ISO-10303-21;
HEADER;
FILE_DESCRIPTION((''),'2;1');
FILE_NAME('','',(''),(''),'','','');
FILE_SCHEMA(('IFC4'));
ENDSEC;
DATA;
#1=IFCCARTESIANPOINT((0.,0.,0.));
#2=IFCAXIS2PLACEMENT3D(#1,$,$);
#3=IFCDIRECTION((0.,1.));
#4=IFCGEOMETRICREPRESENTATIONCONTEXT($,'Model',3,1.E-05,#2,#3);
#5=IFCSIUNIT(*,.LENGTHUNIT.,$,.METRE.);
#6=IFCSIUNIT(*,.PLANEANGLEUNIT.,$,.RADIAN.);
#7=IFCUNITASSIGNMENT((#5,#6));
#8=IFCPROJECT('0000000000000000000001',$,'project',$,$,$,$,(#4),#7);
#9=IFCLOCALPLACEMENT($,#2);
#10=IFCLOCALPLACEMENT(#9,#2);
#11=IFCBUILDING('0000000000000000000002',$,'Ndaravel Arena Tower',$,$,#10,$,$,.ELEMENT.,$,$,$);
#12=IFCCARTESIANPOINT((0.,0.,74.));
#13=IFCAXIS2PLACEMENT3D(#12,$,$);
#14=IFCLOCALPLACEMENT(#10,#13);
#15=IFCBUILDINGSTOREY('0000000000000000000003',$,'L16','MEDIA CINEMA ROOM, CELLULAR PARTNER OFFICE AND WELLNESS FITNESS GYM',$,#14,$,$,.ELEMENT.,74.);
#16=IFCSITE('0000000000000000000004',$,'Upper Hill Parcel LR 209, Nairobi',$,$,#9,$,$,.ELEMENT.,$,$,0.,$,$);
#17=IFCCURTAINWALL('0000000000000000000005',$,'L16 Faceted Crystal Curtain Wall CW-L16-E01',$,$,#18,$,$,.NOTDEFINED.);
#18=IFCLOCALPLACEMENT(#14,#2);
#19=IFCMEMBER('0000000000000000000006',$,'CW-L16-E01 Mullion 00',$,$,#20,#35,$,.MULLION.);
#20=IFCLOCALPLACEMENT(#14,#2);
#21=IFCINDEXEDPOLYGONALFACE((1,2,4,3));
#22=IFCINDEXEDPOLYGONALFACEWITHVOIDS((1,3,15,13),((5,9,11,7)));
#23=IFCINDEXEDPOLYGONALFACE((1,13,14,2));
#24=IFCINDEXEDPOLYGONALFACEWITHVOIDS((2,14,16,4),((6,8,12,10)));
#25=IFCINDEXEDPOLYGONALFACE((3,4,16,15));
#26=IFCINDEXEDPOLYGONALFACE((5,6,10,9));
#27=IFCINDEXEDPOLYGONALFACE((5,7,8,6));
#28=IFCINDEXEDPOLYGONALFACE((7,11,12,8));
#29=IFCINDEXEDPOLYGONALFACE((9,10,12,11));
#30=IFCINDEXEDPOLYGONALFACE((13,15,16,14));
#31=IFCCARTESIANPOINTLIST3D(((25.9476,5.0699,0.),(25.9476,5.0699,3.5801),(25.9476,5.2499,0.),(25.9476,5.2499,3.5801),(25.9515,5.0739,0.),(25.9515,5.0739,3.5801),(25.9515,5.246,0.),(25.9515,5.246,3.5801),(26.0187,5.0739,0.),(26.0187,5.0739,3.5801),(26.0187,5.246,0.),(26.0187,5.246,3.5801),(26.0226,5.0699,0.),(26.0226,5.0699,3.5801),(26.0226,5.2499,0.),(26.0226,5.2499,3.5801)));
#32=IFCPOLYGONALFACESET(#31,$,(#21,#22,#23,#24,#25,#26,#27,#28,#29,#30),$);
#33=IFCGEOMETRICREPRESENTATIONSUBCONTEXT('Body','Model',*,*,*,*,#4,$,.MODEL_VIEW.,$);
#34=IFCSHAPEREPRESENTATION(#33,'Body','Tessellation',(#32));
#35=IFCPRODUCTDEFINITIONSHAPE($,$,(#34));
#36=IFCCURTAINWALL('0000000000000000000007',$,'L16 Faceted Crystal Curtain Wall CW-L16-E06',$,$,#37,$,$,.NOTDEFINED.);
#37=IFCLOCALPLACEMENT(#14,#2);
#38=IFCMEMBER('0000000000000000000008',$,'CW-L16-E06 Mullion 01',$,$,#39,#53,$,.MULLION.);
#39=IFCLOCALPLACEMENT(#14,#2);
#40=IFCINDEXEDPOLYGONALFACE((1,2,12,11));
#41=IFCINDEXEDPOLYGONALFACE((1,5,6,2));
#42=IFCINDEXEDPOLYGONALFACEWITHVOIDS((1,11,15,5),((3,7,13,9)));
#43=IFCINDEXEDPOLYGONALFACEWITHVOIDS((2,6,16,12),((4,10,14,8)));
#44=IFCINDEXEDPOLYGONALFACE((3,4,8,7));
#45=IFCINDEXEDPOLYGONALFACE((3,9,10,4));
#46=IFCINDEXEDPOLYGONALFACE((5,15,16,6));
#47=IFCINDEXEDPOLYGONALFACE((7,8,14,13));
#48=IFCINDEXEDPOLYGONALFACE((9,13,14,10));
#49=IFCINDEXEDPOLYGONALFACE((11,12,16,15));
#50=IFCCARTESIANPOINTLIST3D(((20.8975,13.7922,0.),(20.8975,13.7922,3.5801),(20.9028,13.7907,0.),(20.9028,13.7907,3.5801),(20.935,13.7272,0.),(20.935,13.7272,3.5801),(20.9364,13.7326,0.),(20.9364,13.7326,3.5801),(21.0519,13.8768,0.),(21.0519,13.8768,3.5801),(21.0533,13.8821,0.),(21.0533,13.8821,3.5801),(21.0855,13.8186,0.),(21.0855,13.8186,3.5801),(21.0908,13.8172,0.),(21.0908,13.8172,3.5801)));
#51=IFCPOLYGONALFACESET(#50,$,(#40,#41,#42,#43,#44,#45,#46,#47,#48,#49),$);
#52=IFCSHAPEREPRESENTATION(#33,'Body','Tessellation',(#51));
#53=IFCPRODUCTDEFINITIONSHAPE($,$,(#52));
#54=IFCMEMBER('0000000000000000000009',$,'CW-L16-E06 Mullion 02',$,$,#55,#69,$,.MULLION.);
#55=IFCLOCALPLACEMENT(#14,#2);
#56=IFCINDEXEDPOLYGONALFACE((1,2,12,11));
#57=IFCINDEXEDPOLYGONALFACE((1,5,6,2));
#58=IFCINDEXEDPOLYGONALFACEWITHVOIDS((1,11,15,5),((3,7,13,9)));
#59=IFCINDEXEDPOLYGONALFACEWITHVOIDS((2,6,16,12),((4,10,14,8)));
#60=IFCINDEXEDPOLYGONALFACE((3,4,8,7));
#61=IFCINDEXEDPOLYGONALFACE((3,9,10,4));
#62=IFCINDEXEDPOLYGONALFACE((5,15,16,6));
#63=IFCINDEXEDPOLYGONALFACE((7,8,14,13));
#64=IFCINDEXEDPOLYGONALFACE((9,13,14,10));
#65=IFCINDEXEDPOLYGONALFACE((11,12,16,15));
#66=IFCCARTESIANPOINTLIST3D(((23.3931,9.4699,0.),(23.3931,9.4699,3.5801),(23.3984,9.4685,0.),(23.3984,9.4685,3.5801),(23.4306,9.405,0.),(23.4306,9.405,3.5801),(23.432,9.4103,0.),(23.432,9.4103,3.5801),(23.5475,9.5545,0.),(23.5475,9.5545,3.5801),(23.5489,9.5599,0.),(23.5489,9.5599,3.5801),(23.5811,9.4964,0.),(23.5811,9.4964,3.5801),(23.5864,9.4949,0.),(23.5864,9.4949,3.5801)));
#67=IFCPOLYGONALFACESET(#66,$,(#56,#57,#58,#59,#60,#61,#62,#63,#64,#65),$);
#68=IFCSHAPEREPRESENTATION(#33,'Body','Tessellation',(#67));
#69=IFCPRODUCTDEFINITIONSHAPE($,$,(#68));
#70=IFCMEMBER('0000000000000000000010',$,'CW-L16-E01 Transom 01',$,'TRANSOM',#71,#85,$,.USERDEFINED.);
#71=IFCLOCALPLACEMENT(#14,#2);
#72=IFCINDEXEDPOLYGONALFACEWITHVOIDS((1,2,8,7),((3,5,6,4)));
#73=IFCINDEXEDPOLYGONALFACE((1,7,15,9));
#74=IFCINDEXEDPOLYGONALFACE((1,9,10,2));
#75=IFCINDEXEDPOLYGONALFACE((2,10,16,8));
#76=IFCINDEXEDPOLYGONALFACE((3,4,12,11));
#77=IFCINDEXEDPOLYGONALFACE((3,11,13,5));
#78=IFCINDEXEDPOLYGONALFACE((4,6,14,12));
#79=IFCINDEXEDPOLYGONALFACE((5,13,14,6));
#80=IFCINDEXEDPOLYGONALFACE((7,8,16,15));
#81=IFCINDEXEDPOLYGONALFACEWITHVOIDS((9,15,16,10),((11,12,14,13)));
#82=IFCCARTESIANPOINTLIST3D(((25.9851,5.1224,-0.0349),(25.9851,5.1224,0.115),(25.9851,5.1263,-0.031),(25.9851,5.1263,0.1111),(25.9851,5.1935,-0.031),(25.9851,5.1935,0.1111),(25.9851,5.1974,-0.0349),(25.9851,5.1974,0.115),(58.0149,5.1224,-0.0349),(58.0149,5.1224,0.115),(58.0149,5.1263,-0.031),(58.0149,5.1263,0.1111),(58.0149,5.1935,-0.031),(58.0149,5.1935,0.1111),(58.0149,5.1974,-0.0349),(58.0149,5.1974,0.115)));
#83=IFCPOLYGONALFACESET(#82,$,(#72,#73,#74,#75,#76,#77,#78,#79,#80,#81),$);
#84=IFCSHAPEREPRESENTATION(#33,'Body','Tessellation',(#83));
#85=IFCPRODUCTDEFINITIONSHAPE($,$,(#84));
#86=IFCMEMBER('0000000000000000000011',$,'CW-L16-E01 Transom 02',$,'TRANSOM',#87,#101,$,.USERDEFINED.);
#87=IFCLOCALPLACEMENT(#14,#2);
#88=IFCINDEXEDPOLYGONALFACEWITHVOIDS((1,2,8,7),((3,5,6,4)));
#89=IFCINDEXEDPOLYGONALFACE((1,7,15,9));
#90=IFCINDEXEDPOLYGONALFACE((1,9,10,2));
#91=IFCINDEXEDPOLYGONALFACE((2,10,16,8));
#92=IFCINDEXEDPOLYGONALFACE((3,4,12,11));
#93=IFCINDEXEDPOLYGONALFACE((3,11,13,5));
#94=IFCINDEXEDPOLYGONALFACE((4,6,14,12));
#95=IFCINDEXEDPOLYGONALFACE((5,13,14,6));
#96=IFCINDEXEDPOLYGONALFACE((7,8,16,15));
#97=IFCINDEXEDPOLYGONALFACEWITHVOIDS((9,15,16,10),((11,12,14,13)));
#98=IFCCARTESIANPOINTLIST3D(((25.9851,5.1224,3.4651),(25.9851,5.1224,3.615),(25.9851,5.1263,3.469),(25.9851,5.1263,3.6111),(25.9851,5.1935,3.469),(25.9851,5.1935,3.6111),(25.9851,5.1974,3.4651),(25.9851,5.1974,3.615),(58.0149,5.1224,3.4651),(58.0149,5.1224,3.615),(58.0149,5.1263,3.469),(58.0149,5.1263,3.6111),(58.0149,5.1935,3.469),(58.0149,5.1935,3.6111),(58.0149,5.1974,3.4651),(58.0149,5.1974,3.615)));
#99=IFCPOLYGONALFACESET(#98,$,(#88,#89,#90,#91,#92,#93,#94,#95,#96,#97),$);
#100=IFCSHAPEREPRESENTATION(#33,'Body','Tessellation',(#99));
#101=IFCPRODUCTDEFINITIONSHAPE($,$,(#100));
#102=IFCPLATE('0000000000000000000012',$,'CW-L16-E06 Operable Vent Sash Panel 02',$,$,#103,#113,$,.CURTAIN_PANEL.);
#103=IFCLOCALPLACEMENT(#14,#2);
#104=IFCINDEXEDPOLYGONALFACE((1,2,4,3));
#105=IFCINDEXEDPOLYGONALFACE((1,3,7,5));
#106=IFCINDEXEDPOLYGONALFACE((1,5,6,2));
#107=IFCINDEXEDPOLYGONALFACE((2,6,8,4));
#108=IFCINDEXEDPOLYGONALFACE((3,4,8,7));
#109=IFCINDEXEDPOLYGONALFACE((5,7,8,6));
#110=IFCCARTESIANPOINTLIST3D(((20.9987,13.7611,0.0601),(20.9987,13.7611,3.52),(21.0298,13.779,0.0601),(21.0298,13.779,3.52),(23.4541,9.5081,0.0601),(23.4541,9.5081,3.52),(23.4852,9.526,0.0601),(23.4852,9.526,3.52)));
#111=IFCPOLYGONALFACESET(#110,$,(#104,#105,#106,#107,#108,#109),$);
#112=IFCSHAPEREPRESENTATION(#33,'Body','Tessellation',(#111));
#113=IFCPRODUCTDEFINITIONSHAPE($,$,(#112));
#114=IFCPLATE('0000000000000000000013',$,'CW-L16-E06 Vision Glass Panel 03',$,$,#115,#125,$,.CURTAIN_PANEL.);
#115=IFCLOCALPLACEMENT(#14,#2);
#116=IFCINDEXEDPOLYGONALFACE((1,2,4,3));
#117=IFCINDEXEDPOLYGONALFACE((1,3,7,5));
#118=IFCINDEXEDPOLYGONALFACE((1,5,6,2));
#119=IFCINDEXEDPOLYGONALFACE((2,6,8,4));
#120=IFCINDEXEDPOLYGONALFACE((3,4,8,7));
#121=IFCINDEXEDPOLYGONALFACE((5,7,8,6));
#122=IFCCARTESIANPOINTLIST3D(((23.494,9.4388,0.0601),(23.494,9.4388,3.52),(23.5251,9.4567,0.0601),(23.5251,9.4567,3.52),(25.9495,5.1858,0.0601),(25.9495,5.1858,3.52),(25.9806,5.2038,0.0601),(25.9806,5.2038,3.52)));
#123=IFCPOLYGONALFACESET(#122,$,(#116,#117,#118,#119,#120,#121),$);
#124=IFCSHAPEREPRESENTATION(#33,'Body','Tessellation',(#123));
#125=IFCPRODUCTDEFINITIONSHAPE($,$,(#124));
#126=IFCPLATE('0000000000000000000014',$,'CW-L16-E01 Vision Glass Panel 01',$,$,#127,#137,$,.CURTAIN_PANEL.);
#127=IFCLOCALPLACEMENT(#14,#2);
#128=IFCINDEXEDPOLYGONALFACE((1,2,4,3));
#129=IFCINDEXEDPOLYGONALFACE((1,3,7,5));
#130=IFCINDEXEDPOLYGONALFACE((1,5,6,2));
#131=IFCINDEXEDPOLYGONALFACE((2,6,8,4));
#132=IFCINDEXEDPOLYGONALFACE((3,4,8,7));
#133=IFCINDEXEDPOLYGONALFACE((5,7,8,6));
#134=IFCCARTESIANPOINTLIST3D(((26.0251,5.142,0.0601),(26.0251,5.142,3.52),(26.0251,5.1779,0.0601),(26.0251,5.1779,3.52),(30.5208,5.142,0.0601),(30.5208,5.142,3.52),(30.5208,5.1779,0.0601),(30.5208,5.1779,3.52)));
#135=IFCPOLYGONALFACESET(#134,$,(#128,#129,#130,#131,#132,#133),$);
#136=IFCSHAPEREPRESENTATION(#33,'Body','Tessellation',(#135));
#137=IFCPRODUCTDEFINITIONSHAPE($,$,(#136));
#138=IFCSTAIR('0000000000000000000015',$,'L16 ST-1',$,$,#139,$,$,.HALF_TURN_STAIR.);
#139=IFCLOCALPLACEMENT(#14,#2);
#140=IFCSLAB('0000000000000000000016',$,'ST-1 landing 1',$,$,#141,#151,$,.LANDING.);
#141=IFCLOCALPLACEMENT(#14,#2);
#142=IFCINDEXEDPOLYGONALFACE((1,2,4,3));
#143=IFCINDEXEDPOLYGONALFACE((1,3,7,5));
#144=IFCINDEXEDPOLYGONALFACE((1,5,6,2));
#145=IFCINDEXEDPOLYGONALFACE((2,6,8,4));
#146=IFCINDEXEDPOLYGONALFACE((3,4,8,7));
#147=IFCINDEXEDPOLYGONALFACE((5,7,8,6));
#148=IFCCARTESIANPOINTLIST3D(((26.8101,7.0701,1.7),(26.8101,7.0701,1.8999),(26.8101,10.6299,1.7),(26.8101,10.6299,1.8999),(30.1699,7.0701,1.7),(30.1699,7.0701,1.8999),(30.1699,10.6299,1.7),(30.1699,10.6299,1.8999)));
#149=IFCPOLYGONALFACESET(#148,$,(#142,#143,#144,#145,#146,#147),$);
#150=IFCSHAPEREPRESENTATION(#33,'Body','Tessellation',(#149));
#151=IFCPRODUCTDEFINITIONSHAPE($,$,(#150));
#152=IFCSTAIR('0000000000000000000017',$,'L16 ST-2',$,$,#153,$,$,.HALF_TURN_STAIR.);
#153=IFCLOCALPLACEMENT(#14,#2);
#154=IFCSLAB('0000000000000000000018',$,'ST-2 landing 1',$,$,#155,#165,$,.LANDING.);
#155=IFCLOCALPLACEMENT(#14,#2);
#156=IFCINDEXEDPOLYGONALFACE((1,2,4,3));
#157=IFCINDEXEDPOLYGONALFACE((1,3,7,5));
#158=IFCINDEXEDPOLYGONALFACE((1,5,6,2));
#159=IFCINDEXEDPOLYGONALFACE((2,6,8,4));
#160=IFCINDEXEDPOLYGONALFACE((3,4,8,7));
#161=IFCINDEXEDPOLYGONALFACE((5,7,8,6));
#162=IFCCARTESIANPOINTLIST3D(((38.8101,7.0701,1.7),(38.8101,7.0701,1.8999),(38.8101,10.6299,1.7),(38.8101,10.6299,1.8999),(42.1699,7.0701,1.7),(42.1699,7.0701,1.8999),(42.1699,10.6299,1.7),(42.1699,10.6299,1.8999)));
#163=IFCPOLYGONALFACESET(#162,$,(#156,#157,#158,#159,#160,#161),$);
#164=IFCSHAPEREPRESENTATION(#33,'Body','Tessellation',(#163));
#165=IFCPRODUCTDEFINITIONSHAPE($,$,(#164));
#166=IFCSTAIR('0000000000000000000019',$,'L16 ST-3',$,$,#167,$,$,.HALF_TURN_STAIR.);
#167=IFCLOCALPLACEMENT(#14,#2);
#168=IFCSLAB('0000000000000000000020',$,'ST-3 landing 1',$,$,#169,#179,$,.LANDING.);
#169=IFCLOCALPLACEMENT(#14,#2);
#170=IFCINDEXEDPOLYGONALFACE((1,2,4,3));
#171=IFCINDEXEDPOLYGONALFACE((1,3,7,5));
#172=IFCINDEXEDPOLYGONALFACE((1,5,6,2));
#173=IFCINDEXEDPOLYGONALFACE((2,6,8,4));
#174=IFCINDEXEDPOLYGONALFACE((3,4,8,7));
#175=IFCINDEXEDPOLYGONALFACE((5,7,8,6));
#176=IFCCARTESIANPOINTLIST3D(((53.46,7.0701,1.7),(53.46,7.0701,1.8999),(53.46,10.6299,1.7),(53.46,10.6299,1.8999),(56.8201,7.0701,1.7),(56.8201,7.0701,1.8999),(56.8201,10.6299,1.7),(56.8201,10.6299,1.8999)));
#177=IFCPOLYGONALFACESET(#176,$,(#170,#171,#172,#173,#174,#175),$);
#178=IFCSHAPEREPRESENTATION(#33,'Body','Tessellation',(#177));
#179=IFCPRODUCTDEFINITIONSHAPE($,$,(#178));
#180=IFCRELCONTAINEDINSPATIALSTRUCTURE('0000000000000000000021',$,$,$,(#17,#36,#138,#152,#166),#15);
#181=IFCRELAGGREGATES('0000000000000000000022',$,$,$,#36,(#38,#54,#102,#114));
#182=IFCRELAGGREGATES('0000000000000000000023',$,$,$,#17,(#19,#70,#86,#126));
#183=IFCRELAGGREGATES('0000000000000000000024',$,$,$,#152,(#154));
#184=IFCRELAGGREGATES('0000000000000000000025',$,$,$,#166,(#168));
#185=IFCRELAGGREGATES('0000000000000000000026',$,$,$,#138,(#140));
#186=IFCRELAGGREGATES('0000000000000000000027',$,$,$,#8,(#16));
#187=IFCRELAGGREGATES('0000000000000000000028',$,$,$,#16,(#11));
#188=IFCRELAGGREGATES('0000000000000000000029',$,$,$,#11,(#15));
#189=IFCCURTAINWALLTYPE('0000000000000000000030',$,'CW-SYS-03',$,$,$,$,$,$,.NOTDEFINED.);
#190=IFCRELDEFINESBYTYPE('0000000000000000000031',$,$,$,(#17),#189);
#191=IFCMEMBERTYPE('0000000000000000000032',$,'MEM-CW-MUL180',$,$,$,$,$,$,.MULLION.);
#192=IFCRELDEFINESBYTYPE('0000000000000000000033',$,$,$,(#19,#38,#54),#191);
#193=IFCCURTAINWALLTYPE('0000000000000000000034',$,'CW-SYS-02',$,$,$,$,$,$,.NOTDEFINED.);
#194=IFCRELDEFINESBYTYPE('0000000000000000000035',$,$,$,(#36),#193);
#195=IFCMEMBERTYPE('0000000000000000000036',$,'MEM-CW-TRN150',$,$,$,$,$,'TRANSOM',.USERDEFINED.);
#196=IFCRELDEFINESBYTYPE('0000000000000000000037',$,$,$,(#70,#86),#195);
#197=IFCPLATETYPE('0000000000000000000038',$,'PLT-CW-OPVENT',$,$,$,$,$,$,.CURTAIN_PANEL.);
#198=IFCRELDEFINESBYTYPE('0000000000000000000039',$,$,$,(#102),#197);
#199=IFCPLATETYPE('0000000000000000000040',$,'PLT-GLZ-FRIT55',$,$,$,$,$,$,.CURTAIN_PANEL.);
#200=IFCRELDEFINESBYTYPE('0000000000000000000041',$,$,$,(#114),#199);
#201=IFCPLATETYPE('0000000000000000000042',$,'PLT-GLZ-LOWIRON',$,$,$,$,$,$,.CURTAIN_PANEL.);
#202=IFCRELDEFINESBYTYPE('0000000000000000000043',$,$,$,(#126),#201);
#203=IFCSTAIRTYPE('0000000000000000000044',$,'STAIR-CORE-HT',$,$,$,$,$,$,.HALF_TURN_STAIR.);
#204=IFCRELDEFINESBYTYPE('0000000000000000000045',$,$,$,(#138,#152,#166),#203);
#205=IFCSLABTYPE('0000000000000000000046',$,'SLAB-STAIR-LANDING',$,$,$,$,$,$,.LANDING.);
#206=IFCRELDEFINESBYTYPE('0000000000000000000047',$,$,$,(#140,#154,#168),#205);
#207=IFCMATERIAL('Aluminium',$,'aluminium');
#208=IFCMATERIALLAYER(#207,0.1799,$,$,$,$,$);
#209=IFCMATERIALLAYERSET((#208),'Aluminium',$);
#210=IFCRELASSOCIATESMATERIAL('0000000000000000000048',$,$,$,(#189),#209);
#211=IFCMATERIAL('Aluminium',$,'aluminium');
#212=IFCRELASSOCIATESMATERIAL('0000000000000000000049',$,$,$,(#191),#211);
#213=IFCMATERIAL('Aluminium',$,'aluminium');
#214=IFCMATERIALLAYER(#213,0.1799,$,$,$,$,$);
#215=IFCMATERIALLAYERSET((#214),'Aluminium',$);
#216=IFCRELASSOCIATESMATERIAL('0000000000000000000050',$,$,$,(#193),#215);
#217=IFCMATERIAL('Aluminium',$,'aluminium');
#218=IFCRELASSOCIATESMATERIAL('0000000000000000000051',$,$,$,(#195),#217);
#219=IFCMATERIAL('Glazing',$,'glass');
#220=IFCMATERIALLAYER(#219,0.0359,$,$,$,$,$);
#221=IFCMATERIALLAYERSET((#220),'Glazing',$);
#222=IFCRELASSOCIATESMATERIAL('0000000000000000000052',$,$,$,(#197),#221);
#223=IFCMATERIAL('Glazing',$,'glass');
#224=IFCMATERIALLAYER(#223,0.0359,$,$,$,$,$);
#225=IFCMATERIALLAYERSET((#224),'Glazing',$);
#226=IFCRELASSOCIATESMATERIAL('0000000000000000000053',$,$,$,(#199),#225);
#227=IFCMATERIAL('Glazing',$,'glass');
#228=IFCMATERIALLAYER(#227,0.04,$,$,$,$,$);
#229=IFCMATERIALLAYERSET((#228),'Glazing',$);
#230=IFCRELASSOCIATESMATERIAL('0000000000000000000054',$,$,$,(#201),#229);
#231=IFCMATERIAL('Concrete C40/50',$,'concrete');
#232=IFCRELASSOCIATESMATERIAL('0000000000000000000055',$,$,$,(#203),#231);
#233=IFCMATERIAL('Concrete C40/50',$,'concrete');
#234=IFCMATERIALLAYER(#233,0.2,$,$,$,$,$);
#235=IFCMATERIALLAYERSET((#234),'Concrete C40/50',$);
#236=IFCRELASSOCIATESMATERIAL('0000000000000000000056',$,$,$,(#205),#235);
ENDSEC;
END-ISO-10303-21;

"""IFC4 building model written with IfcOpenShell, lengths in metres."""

from ifc_helpers import new_model, si_unit, direction, frame, origin, origin_2d, place, context, subcontext, project, spatial, polyline, rectangle, hollow_rectangle, outline, extrude, material, layer, layer_set, material_profile, profile_set, type_object, element, aggregate, save


model = new_model("IFC4")

# Units and contexts
model_context = context("Model", 3, precision=1e-05, world=origin(), true_north=direction((0.0, 1.0)))
body_context = subcontext(model_context, "Body", "Model", "MODEL_VIEW")
ifc_project = project(units=[si_unit("LENGTHUNIT", "METRE"), si_unit("PLANEANGLEUNIT", "RADIAN")], contexts=[model_context])

# Site, building, storey
site_placement = place(None, origin())
site = spatial("IfcSite", under=ifc_project, at=site_placement, Name="Upper Hill Parcel LR 209, Nairobi", CompositionType="ELEMENT", RefElevation=0.0)
building_placement = place(site_placement, origin())
building = spatial("IfcBuilding", under=site, at=building_placement, Name="Ndaravel Arena Tower", CompositionType="ELEMENT")
storey_placement = place(building_placement, frame((0.0, 0.0, 74.0)))
storey = spatial("IfcBuildingStorey", under=building, at=storey_placement, Name="L16", Description="MEDIA CINEMA ROOM, CELLULAR PARTNER OFFICE AND WELLNESS FITNESS GYM", CompositionType="ELEMENT", Elevation=74.0)

# Curtain wall, member
ifc_material_1 = material(Name="Aluminium", Category="aluminium")
ifc_layer_1 = layer(ifc_material_1, 0.1799)
ifc_layer_set_1 = layer_set([ifc_layer_1], Name="Aluminium")
curtain_wall_type_1 = type_object("IfcCurtainWallType", Name="CW-SYS-03", PredefinedType="NOTDEFINED", material=ifc_layer_set_1)
curtain_wall_1_placement = place(storey_placement, origin())
curtain_wall_1 = element("IfcCurtainWall", 1, at=curtain_wall_1_placement, inside=storey, type_object=curtain_wall_type_1, Name="L16 Faceted Crystal Curtain Wall CW-L16-E01", PredefinedType="NOTDEFINED")
ifc_material_2 = material(Name="Aluminium", Category="aluminium")
ifc_material_profile_1 = material_profile(ifc_material_2, hollow_rectangle(XDim=0.075, YDim=0.1799, WallThickness=0.0039, at=origin_2d()), Name="CW MULLION 75x180x4")
ifc_profile_set_1 = profile_set([ifc_material_profile_1], Name="Aluminium")
member_type_1 = type_object("IfcMemberType", Name="MEM-CW-MUL180", PredefinedType="MULLION", material=ifc_profile_set_1)
member_1_placement = place(storey_placement, frame((25.9851, 5.1599, 0.0), z_axis=(0.0, 0.0, 1.0), x_axis=(1.0, 0.0, 0.0)))
member_1 = element("IfcMember", 2, at=member_1_placement, type_object=member_type_1, Name="CW-L16-E01 Mullion 00", PredefinedType="MULLION", context=body_context, shape_type="SweptSolid", body=[
    extrude(hollow_rectangle(XDim=0.075, YDim=0.1799, WallThickness=0.0039, at=origin_2d()), origin(), (0.0, 0.0, 1.0), 3.5801),
])

# Curtain wall, members
ifc_material_3 = material(Name="Aluminium", Category="aluminium")
ifc_layer_2 = layer(ifc_material_3, 0.1799)
ifc_layer_set_2 = layer_set([ifc_layer_2], Name="Aluminium")
curtain_wall_type_2 = type_object("IfcCurtainWallType", Name="CW-SYS-02", PredefinedType="NOTDEFINED", material=ifc_layer_set_2)
curtain_wall_2_placement = place(storey_placement, origin())
curtain_wall_2 = element("IfcCurtainWall", 3, at=curtain_wall_2_placement, inside=storey, type_object=curtain_wall_type_2, Name="L16 Faceted Crystal Curtain Wall CW-L16-E06", PredefinedType="NOTDEFINED")
member_2_placement = place(storey_placement, frame((20.9941, 13.8047, 0.0), z_axis=(0.0, 0.0, 1.0), x_axis=(0.5, -0.866025, 0.0)))
member_2 = element("IfcMember", 4, at=member_2_placement, type_object=member_type_1, Name="CW-L16-E06 Mullion 01", PredefinedType="MULLION", context=body_context, shape_type="SweptSolid", body=[
    extrude(hollow_rectangle(XDim=0.075, YDim=0.1799, WallThickness=0.0039, at=origin_2d()), origin(), (0.0, 0.0, 1.0), 3.5801),
])
member_3_placement = place(storey_placement, frame((23.4897, 9.4824, 0.0), z_axis=(0.0, 0.0, 1.0), x_axis=(0.5, -0.866025, 0.0)))
member_3 = element("IfcMember", 5, at=member_3_placement, type_object=member_type_1, Name="CW-L16-E06 Mullion 02", PredefinedType="MULLION", context=body_context, shape_type="SweptSolid", body=[
    extrude(hollow_rectangle(XDim=0.075, YDim=0.1799, WallThickness=0.0039, at=origin_2d()), origin(), (0.0, 0.0, 1.0), 3.5801),
])

# Members
ifc_material_4 = material(Name="Aluminium", Category="aluminium")
ifc_material_profile_2 = material_profile(ifc_material_4, hollow_rectangle(XDim=0.075, YDim=0.1499, WallThickness=0.0039, at=origin_2d()), Name="CW TRANSOM 75x150x4")
ifc_profile_set_2 = profile_set([ifc_material_profile_2], Name="Aluminium")
member_type_2 = type_object("IfcMemberType", Name="MEM-CW-TRN150", ElementType="TRANSOM", PredefinedType="USERDEFINED", material=ifc_profile_set_2)
member_4_placement = place(storey_placement, frame((25.9851, 5.1599, 0.04), z_axis=(1.0, 0.0, 0.0), x_axis=(0.0, 1.0, 0.0)))
member_4 = element("IfcMember", 6, at=member_4_placement, type_object=member_type_2, Name="CW-L16-E01 Transom 01", ObjectType="TRANSOM", PredefinedType="USERDEFINED", context=body_context, shape_type="SweptSolid", body=[
    extrude(hollow_rectangle(XDim=0.075, YDim=0.1499, WallThickness=0.0039, at=origin_2d()), origin(), (0.0, 0.0, 1.0), 32.0298),
])
member_5_placement = place(storey_placement, frame((25.9851, 5.1599, 3.54), z_axis=(1.0, 0.0, 0.0), x_axis=(0.0, 1.0, 0.0)))
member_5 = element("IfcMember", 7, at=member_5_placement, type_object=member_type_2, Name="CW-L16-E01 Transom 02", ObjectType="TRANSOM", PredefinedType="USERDEFINED", context=body_context, shape_type="SweptSolid", body=[
    extrude(hollow_rectangle(XDim=0.075, YDim=0.1499, WallThickness=0.0039, at=origin_2d()), origin(), (0.0, 0.0, 1.0), 32.0298),
])

# Plates
ifc_material_5 = material(Name="Glazing", Category="glass")
ifc_layer_3 = layer(ifc_material_5, 0.0359)
ifc_layer_set_3 = layer_set([ifc_layer_3], Name="Glazing")
plate_type_1 = type_object("IfcPlateType", Name="PLT-CW-OPVENT", PredefinedType="CURTAIN_PANEL", material=ifc_layer_set_3)
plate_1_placement = place(storey_placement, frame((22.2419, 11.6436, 0.0601), z_axis=(0.0, 0.0, 1.0), x_axis=(0.5, -0.866025, 0.0)))
plate_1 = element("IfcPlate", 8, at=plate_1_placement, type_object=plate_type_1, Name="CW-L16-E06 Operable Vent Sash Panel 02", PredefinedType="CURTAIN_PANEL", context=body_context, shape_type="SweptSolid", body=[
    extrude(rectangle(XDim=4.9109, YDim=0.0359, at=origin_2d()), origin(), (0.0, 0.0, 1.0), 3.46),
])
ifc_material_6 = material(Name="Glazing", Category="glass")
ifc_layer_4 = layer(ifc_material_6, 0.0359)
ifc_layer_set_4 = layer_set([ifc_layer_4], Name="Glazing")
plate_type_2 = type_object("IfcPlateType", Name="PLT-GLZ-FRIT55", PredefinedType="CURTAIN_PANEL", material=ifc_layer_set_4)
plate_2_placement = place(storey_placement, frame((24.7373, 7.3213, 0.0601), z_axis=(0.0, 0.0, 1.0), x_axis=(0.5, -0.866025, 0.0)))
plate_2 = element("IfcPlate", 9, at=plate_2_placement, type_object=plate_type_2, Name="CW-L16-E06 Vision Glass Panel 03", PredefinedType="CURTAIN_PANEL", context=body_context, shape_type="SweptSolid", body=[
    extrude(rectangle(XDim=4.9109, YDim=0.0359, at=origin_2d()), origin(), (0.0, 0.0, 1.0), 3.46),
])
aggregate(curtain_wall_2, [member_2, member_3, plate_1, plate_2])
ifc_material_7 = material(Name="Glazing", Category="glass")
ifc_layer_5 = layer(ifc_material_7, 0.04)
ifc_layer_set_5 = layer_set([ifc_layer_5], Name="Glazing")
plate_type_3 = type_object("IfcPlateType", Name="PLT-GLZ-LOWIRON", PredefinedType="CURTAIN_PANEL", material=ifc_layer_set_5)
plate_3_placement = place(storey_placement, frame((28.2729, 5.1599, 0.0601), z_axis=(0.0, 0.0, 1.0), x_axis=(1.0, 0.0, 0.0)))
plate_3 = element("IfcPlate", 10, at=plate_3_placement, type_object=plate_type_3, Name="CW-L16-E01 Vision Glass Panel 01", PredefinedType="CURTAIN_PANEL", context=body_context, shape_type="SweptSolid", body=[
    extrude(rectangle(XDim=4.4956, YDim=0.0359, at=origin_2d()), origin(), (0.0, 0.0, 1.0), 3.46),
])
aggregate(curtain_wall_1, [member_1, member_4, member_5, plate_3])

# Stairs, slabs
ifc_material_8 = material(Name="Concrete C40/50", Category="concrete")
stair_type = type_object("IfcStairType", Name="STAIR-CORE-HT", PredefinedType="HALF_TURN_STAIR", material=ifc_material_8)
stair_1_placement = place(storey_placement, origin())
stair_1 = element("IfcStair", 11, at=stair_1_placement, inside=storey, type_object=stair_type, Name="L16 ST-1", PredefinedType="HALF_TURN_STAIR")
ifc_material_9 = material(Name="Concrete C40/50", Category="concrete")
ifc_layer_6 = layer(ifc_material_9, 0.2)
ifc_layer_set_6 = layer_set([ifc_layer_6], Name="Concrete C40/50")
slab_type_1 = type_object("IfcSlabType", Name="SLAB-STAIR-LANDING", PredefinedType="LANDING", material=ifc_layer_set_6)
slab_1_placement = place(storey_placement, frame((0.0, 0.0, 1.7)))
slab_1 = element("IfcSlab", 12, at=slab_1_placement, type_object=slab_type_1, Name="ST-1 landing 1", PredefinedType="LANDING", context=body_context, shape_type="SweptSolid", body=[
    extrude(outline(polyline([(26.8101, 10.6299), (26.8101, 7.0701), (30.1699, 7.0701), (30.1699, 10.6299), (26.8101, 10.6299)])), origin(), (0.0, 0.0, 1.0), 0.2),
])
stair_2_placement = place(storey_placement, origin())
stair_2 = element("IfcStair", 13, at=stair_2_placement, inside=storey, type_object=stair_type, Name="L16 ST-2", PredefinedType="HALF_TURN_STAIR")
slab_2_placement = place(storey_placement, frame((0.0, 0.0, 1.7)))
slab_2 = element("IfcSlab", 14, at=slab_2_placement, type_object=slab_type_1, Name="ST-2 landing 1", PredefinedType="LANDING", context=body_context, shape_type="SweptSolid", body=[
    extrude(outline(polyline([(38.8101, 10.6299), (38.8101, 7.0701), (42.1699, 7.0701), (42.1699, 10.6299), (38.8101, 10.6299)])), origin(), (0.0, 0.0, 1.0), 0.2),
])
aggregate(stair_2, [slab_2])
stair_3_placement = place(storey_placement, origin())
stair_3 = element("IfcStair", 15, at=stair_3_placement, inside=storey, type_object=stair_type, Name="L16 ST-3", PredefinedType="HALF_TURN_STAIR")
slab_3_placement = place(storey_placement, frame((0.0, 0.0, 1.7)))
slab_3 = element("IfcSlab", 16, at=slab_3_placement, type_object=slab_type_1, Name="ST-3 landing 1", PredefinedType="LANDING", context=body_context, shape_type="SweptSolid", body=[
    extrude(outline(polyline([(53.46, 10.6299), (53.46, 7.0701), (56.8201, 7.0701), (56.8201, 10.6299), (53.46, 10.6299)])), origin(), (0.0, 0.0, 1.0), 0.2),
])
aggregate(stair_3, [slab_3])

aggregate(stair_1, [slab_1])

save(model, "model.ifc")
